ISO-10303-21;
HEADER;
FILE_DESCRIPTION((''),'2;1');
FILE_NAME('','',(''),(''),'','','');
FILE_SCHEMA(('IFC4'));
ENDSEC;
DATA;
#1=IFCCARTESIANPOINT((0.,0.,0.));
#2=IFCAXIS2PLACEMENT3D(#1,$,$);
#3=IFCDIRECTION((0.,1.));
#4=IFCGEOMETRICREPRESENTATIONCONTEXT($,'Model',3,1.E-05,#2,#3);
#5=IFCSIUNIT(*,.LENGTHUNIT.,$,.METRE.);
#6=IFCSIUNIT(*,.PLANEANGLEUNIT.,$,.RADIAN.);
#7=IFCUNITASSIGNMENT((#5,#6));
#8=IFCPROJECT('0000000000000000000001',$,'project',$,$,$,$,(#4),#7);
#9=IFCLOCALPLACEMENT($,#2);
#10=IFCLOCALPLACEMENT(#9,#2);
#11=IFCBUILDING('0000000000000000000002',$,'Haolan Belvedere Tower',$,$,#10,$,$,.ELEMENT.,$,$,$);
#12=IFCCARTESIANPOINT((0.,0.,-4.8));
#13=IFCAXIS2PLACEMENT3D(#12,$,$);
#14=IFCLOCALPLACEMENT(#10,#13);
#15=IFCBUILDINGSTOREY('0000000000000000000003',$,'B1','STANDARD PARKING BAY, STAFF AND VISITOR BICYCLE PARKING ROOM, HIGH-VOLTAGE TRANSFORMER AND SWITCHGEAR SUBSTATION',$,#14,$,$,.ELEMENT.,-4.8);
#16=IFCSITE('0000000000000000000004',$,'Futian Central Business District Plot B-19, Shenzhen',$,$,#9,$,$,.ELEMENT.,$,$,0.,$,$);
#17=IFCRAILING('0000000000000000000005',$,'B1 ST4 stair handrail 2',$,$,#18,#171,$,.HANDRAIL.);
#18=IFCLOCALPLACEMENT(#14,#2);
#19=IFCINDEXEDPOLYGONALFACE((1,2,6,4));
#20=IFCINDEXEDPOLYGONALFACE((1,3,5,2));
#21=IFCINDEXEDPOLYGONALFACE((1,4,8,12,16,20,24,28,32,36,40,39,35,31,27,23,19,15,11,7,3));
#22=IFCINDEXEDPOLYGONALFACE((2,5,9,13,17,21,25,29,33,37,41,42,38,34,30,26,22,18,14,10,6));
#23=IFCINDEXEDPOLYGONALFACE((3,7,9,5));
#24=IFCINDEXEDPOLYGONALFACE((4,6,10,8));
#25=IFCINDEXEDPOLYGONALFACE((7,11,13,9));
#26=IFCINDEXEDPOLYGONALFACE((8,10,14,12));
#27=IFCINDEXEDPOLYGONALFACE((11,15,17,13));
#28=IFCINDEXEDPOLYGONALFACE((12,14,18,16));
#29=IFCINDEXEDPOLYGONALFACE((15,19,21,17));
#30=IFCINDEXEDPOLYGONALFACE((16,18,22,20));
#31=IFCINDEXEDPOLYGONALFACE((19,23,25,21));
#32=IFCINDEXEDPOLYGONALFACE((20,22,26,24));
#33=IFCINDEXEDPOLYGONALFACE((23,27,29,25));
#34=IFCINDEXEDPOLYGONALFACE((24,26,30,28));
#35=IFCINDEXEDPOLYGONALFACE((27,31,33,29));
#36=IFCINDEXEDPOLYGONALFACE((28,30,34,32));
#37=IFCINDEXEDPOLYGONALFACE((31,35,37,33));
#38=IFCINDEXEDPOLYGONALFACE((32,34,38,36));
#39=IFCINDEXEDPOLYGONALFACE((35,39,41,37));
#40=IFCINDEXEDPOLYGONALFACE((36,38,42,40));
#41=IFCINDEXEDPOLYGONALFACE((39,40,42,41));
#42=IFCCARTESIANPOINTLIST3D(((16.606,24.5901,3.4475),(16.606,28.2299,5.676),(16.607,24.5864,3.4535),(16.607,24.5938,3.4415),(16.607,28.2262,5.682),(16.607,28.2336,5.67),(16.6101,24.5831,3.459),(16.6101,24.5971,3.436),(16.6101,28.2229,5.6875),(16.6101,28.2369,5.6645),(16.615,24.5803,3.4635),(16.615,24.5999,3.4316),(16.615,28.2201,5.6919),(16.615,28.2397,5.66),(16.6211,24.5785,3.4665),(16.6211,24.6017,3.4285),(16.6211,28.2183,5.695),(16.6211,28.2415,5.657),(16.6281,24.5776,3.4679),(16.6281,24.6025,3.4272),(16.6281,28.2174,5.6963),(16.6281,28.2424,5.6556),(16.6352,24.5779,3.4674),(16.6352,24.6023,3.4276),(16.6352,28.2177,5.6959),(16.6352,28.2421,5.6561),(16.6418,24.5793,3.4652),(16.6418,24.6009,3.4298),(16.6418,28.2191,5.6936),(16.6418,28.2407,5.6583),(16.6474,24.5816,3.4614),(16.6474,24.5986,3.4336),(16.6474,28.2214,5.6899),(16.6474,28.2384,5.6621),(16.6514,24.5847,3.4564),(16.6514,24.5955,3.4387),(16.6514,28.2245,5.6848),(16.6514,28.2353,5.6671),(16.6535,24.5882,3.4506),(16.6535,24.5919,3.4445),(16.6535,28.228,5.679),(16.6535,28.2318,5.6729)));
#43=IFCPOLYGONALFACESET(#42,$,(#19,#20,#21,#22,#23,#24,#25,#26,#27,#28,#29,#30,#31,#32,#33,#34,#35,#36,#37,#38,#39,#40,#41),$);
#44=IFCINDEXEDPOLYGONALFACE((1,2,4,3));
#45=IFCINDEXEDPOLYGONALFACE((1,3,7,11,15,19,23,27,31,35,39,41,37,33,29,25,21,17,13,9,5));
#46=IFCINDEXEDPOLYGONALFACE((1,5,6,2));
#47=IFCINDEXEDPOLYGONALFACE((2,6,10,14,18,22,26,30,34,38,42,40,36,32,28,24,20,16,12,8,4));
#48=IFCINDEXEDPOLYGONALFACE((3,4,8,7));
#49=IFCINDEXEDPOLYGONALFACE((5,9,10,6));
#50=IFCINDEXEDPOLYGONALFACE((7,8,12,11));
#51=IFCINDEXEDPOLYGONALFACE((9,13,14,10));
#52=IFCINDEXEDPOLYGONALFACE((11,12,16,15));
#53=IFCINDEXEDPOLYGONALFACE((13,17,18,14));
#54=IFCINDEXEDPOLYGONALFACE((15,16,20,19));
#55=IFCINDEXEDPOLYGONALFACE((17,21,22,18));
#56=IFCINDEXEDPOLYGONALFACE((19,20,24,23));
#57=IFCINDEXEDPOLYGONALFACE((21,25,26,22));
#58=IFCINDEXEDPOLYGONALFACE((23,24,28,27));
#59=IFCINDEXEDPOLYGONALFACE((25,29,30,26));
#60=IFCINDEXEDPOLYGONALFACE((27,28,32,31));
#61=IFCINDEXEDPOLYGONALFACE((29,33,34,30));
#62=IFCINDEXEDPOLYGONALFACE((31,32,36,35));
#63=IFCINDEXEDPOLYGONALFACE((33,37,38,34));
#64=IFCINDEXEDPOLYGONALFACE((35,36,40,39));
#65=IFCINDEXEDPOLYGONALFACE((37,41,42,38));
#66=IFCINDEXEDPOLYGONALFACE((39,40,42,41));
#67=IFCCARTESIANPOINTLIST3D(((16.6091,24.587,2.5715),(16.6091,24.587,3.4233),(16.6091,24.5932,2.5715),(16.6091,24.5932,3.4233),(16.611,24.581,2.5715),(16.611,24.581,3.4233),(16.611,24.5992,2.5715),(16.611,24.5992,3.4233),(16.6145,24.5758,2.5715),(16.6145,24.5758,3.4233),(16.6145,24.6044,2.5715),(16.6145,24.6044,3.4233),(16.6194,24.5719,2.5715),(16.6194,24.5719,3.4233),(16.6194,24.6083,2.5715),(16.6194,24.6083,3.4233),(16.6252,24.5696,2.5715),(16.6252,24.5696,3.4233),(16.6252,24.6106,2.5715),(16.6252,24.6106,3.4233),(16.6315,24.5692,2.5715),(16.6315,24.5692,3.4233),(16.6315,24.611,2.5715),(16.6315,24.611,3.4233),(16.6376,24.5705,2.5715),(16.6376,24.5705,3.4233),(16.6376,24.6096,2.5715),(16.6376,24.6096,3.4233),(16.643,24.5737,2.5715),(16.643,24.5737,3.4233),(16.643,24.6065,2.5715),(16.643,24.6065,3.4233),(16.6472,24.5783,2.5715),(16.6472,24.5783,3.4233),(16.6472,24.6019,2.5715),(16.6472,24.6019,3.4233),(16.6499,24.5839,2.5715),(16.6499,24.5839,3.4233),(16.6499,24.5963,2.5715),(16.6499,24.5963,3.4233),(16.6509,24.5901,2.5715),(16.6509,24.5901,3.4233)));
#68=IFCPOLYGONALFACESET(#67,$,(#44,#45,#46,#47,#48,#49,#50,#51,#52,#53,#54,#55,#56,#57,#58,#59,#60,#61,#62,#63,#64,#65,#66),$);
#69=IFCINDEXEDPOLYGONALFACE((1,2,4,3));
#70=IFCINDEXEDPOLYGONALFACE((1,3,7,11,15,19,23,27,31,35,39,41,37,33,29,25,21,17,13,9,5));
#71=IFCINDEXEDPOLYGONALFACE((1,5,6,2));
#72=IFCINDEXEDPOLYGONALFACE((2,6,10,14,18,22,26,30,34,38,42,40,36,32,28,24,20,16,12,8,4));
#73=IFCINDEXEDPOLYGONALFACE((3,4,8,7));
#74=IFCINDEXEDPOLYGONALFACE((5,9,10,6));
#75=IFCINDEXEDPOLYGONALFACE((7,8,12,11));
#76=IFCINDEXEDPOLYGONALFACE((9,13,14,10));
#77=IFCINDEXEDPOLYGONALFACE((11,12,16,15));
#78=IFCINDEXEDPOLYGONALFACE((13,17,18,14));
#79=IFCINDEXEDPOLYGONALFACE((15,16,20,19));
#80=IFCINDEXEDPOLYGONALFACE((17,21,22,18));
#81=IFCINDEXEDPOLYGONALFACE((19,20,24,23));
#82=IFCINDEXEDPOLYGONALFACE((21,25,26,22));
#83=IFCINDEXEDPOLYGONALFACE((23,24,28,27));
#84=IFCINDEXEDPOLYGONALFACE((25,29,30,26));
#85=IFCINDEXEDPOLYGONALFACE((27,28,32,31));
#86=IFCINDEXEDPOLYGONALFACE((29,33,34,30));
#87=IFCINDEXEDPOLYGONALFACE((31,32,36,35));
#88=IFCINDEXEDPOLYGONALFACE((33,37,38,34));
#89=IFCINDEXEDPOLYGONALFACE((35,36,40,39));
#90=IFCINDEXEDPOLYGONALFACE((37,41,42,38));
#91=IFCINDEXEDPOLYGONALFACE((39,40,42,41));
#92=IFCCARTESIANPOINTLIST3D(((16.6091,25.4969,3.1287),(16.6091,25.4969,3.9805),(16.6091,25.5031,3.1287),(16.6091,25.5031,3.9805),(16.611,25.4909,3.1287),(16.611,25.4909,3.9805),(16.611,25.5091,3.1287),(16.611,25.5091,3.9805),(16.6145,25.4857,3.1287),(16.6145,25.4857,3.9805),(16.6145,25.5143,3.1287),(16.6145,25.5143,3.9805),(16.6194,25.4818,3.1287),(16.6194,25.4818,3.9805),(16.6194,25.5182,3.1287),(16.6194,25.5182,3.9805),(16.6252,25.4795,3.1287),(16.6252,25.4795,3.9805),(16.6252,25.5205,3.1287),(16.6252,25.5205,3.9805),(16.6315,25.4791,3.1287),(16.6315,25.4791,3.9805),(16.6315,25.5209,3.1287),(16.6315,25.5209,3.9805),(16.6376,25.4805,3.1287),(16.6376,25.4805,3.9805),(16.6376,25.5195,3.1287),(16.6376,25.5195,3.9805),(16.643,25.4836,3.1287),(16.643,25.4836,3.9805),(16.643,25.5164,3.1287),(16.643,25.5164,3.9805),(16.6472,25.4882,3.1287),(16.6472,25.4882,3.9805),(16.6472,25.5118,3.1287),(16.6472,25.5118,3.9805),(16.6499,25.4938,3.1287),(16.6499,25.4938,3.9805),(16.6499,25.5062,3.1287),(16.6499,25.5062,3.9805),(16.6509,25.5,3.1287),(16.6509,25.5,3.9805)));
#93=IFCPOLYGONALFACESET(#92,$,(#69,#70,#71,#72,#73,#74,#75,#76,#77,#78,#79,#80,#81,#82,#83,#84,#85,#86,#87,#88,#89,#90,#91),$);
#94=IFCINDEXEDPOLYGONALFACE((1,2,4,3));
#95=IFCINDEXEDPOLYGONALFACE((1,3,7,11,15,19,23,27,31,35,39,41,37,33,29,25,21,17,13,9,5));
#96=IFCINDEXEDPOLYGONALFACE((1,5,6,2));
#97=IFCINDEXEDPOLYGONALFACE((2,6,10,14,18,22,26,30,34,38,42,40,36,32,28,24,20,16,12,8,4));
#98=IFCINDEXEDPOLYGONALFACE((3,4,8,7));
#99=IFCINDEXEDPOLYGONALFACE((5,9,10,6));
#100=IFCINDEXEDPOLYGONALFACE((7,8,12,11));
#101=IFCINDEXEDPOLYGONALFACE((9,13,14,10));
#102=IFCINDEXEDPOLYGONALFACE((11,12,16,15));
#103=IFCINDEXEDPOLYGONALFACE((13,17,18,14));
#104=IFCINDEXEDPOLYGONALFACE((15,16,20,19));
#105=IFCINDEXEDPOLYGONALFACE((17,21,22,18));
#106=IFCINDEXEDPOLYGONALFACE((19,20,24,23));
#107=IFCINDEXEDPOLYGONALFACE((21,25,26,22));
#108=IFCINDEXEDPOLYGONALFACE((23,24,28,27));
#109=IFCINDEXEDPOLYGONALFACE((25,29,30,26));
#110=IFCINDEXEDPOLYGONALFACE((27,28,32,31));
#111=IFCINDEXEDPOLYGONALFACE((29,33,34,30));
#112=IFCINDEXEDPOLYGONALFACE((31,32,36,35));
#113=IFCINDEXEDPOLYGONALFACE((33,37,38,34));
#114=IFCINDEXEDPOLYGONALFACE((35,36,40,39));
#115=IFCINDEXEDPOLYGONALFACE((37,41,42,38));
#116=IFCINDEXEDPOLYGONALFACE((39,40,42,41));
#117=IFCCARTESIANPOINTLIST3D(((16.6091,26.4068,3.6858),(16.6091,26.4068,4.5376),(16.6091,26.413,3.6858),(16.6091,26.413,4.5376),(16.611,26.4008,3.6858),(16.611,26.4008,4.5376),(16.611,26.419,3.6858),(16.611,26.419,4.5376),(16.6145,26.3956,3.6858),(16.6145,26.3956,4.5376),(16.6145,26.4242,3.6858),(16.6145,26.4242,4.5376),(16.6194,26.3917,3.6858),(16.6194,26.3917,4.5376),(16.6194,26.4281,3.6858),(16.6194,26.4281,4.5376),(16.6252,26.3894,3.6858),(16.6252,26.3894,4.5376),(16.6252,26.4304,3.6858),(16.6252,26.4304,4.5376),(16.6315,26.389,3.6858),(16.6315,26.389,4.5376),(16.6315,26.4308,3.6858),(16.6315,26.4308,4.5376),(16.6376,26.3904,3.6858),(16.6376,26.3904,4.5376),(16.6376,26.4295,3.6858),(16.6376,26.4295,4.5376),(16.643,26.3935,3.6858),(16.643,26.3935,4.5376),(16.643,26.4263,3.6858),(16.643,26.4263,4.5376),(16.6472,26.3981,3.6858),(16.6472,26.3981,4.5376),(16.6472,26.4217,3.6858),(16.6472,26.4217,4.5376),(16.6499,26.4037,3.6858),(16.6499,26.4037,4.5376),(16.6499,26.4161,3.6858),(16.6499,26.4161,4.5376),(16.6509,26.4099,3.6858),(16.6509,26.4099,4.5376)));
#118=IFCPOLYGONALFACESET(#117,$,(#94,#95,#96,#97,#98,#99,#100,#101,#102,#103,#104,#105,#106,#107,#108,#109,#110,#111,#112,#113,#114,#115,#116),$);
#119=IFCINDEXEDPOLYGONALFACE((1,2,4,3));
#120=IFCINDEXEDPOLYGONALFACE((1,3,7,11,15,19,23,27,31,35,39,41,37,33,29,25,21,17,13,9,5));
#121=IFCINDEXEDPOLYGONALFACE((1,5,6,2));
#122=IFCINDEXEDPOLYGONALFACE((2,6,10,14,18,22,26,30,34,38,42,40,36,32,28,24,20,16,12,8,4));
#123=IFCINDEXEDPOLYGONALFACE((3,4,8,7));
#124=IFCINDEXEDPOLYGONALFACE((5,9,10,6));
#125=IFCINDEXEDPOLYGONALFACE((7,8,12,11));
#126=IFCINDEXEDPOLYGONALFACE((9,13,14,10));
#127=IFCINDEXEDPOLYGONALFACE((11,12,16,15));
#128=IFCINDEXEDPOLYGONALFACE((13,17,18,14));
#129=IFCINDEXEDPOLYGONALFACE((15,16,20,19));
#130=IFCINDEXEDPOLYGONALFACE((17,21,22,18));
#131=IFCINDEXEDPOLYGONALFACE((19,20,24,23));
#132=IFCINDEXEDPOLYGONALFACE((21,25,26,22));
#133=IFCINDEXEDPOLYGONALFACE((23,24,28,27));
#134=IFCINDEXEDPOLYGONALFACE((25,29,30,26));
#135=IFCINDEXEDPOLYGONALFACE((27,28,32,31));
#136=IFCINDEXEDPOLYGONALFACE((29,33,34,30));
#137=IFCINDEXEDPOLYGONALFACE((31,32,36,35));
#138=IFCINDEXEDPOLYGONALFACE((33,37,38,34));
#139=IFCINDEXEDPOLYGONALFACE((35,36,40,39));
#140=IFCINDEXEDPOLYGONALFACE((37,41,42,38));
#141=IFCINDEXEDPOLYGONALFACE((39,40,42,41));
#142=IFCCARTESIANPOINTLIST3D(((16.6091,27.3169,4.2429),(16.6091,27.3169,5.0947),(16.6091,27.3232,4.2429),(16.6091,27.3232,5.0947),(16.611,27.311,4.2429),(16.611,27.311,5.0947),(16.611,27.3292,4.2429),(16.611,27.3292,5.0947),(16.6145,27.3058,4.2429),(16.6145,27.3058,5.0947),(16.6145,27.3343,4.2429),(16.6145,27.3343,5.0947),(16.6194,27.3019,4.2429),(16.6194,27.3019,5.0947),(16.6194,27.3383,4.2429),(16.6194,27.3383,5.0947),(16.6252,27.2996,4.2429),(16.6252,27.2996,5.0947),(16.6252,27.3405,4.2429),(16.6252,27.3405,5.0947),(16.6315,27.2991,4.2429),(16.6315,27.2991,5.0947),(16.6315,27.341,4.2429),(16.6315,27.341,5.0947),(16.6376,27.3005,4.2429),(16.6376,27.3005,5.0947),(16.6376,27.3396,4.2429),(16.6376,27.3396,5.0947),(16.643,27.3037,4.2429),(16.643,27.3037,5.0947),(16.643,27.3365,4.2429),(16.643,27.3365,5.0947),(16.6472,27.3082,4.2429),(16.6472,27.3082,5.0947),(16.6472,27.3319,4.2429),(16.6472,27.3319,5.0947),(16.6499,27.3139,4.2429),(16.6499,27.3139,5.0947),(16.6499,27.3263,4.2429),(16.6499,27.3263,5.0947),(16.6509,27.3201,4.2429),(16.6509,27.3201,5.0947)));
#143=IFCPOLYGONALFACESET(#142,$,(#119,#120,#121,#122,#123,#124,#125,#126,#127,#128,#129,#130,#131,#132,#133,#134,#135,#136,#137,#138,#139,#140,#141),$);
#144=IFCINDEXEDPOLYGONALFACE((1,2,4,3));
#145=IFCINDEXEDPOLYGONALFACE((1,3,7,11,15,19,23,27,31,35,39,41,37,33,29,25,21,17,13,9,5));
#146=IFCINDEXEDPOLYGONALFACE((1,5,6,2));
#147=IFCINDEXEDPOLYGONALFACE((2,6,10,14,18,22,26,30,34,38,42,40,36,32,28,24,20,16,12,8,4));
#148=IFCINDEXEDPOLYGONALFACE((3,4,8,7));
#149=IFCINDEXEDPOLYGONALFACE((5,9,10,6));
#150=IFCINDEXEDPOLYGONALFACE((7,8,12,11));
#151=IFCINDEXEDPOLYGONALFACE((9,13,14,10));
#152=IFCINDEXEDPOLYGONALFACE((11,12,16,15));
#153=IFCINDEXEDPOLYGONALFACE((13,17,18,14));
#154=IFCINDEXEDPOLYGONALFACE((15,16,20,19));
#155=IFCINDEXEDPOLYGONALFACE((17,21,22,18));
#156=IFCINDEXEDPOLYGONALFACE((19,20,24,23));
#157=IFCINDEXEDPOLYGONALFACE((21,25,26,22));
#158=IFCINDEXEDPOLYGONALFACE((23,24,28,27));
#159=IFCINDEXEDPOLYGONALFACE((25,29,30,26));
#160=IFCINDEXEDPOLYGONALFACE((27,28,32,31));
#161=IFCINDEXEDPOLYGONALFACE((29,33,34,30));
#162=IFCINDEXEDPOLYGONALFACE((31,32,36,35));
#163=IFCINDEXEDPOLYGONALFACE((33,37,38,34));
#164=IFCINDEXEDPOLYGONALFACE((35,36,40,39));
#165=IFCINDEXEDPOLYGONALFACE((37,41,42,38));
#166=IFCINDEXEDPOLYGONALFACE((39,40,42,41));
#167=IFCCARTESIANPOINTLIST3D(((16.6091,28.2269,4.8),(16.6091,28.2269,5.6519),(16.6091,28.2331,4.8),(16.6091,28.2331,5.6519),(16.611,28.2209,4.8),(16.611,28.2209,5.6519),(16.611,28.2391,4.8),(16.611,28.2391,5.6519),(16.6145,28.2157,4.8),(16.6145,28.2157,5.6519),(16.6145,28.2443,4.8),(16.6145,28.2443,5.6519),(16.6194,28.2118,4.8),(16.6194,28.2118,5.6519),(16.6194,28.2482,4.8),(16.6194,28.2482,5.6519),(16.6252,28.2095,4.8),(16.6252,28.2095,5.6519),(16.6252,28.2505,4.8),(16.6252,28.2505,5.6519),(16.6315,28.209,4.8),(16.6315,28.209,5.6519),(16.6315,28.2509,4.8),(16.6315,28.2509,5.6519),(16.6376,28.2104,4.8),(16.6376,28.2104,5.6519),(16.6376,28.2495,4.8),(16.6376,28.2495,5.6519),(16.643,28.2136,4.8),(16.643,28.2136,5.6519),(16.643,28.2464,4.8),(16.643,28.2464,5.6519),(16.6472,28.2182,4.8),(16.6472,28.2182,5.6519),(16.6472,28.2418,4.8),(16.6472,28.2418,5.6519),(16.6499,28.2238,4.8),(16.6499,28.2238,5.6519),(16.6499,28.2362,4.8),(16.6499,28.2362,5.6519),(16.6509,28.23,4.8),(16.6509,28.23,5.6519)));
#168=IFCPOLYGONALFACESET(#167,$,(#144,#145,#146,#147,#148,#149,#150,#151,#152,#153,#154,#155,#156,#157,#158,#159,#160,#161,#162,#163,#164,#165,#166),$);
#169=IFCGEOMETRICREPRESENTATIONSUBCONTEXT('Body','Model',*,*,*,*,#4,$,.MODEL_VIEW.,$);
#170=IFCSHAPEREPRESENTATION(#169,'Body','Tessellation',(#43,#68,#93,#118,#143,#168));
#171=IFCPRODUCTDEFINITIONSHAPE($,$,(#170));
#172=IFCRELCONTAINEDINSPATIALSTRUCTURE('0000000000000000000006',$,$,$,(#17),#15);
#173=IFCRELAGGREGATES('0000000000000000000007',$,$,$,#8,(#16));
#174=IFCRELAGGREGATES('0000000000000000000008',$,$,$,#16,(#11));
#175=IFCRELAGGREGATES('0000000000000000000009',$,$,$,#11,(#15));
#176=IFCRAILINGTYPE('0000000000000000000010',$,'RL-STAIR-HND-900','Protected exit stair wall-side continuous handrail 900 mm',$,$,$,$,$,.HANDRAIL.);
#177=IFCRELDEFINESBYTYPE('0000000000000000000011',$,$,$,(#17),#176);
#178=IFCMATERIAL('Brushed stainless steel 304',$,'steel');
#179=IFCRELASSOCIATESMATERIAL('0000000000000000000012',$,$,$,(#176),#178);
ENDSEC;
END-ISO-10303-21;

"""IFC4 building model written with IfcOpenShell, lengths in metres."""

from ifc_helpers import new_model, si_unit, direction, frame, origin, origin_2d, place, context, subcontext, project, spatial, circle, extrude, material, type_object, element, save


model = new_model("IFC4")

# Units and contexts
model_context = context("Model", 3, precision=1e-05, world=origin(), true_north=direction((0.0, 1.0)))
body_context = subcontext(model_context, "Body", "Model", "MODEL_VIEW")
ifc_project = project(units=[si_unit("LENGTHUNIT", "METRE"), si_unit("PLANEANGLEUNIT", "RADIAN")], contexts=[model_context])

# Site, building, storey
site_placement = place(None, origin())
site = spatial("IfcSite", under=ifc_project, at=site_placement, Name="Futian Central Business District Plot B-19, Shenzhen", CompositionType="ELEMENT", RefElevation=0.0)
building_placement = place(site_placement, origin())
building = spatial("IfcBuilding", under=site, at=building_placement, Name="Haolan Belvedere Tower", CompositionType="ELEMENT")
storey_placement = place(building_placement, frame((0.0, 0.0, -4.8)))
storey = spatial("IfcBuildingStorey", under=building, at=storey_placement, Name="B1", Description="STANDARD PARKING BAY, STAFF AND VISITOR BICYCLE PARKING ROOM, HIGH-VOLTAGE TRANSFORMER AND SWITCHGEAR SUBSTATION", CompositionType="ELEMENT", Elevation=-4.8)

# Railing
ifc_material_1 = material(Name="Brushed stainless steel 304", Category="steel")
railing_type_1 = type_object("IfcRailingType", Name="RL-STAIR-HND-900", Description="Protected exit stair wall-side continuous handrail 900 mm", PredefinedType="HANDRAIL", material=ifc_material_1)
railing_1_placement = place(storey_placement, frame((16.6299, 24.5901, 2.5715)))
element("IfcRailing", 1, at=railing_1_placement, inside=storey, type_object=railing_type_1, Name="B1 ST4 stair handrail 2", PredefinedType="HANDRAIL", context=body_context, shape_type="SweptSolid", body=[
    extrude(circle(Radius=0.0239, at=origin_2d()), frame((0.0, 0.0, 0.876), z_axis=(0.0, 0.85285, 0.522156), x_axis=(-1.0, 0.0, 0.0)), (0.0, 0.0, 1.0), 4.2678),
    extrude(circle(Radius=0.021, at=origin_2d()), origin(), (0.0, 0.0, 1.0), 0.8518),
    extrude(circle(Radius=0.021, at=origin_2d()), frame((0.0, 0.9099, 0.5571)), (0.0, 0.0, 1.0), 0.8518),
    extrude(circle(Radius=0.021, at=origin_2d()), frame((0.0, 1.8198, 1.1143)), (0.0, 0.0, 1.0), 0.8518),
    extrude(circle(Radius=0.021, at=origin_2d()), frame((0.0, 2.73, 1.6714)), (0.0, 0.0, 1.0), 0.8518),
    extrude(circle(Radius=0.021, at=origin_2d()), frame((0.0, 3.6399, 2.2285)), (0.0, 0.0, 1.0), 0.8518),
])

save(model, "model.ifc")
